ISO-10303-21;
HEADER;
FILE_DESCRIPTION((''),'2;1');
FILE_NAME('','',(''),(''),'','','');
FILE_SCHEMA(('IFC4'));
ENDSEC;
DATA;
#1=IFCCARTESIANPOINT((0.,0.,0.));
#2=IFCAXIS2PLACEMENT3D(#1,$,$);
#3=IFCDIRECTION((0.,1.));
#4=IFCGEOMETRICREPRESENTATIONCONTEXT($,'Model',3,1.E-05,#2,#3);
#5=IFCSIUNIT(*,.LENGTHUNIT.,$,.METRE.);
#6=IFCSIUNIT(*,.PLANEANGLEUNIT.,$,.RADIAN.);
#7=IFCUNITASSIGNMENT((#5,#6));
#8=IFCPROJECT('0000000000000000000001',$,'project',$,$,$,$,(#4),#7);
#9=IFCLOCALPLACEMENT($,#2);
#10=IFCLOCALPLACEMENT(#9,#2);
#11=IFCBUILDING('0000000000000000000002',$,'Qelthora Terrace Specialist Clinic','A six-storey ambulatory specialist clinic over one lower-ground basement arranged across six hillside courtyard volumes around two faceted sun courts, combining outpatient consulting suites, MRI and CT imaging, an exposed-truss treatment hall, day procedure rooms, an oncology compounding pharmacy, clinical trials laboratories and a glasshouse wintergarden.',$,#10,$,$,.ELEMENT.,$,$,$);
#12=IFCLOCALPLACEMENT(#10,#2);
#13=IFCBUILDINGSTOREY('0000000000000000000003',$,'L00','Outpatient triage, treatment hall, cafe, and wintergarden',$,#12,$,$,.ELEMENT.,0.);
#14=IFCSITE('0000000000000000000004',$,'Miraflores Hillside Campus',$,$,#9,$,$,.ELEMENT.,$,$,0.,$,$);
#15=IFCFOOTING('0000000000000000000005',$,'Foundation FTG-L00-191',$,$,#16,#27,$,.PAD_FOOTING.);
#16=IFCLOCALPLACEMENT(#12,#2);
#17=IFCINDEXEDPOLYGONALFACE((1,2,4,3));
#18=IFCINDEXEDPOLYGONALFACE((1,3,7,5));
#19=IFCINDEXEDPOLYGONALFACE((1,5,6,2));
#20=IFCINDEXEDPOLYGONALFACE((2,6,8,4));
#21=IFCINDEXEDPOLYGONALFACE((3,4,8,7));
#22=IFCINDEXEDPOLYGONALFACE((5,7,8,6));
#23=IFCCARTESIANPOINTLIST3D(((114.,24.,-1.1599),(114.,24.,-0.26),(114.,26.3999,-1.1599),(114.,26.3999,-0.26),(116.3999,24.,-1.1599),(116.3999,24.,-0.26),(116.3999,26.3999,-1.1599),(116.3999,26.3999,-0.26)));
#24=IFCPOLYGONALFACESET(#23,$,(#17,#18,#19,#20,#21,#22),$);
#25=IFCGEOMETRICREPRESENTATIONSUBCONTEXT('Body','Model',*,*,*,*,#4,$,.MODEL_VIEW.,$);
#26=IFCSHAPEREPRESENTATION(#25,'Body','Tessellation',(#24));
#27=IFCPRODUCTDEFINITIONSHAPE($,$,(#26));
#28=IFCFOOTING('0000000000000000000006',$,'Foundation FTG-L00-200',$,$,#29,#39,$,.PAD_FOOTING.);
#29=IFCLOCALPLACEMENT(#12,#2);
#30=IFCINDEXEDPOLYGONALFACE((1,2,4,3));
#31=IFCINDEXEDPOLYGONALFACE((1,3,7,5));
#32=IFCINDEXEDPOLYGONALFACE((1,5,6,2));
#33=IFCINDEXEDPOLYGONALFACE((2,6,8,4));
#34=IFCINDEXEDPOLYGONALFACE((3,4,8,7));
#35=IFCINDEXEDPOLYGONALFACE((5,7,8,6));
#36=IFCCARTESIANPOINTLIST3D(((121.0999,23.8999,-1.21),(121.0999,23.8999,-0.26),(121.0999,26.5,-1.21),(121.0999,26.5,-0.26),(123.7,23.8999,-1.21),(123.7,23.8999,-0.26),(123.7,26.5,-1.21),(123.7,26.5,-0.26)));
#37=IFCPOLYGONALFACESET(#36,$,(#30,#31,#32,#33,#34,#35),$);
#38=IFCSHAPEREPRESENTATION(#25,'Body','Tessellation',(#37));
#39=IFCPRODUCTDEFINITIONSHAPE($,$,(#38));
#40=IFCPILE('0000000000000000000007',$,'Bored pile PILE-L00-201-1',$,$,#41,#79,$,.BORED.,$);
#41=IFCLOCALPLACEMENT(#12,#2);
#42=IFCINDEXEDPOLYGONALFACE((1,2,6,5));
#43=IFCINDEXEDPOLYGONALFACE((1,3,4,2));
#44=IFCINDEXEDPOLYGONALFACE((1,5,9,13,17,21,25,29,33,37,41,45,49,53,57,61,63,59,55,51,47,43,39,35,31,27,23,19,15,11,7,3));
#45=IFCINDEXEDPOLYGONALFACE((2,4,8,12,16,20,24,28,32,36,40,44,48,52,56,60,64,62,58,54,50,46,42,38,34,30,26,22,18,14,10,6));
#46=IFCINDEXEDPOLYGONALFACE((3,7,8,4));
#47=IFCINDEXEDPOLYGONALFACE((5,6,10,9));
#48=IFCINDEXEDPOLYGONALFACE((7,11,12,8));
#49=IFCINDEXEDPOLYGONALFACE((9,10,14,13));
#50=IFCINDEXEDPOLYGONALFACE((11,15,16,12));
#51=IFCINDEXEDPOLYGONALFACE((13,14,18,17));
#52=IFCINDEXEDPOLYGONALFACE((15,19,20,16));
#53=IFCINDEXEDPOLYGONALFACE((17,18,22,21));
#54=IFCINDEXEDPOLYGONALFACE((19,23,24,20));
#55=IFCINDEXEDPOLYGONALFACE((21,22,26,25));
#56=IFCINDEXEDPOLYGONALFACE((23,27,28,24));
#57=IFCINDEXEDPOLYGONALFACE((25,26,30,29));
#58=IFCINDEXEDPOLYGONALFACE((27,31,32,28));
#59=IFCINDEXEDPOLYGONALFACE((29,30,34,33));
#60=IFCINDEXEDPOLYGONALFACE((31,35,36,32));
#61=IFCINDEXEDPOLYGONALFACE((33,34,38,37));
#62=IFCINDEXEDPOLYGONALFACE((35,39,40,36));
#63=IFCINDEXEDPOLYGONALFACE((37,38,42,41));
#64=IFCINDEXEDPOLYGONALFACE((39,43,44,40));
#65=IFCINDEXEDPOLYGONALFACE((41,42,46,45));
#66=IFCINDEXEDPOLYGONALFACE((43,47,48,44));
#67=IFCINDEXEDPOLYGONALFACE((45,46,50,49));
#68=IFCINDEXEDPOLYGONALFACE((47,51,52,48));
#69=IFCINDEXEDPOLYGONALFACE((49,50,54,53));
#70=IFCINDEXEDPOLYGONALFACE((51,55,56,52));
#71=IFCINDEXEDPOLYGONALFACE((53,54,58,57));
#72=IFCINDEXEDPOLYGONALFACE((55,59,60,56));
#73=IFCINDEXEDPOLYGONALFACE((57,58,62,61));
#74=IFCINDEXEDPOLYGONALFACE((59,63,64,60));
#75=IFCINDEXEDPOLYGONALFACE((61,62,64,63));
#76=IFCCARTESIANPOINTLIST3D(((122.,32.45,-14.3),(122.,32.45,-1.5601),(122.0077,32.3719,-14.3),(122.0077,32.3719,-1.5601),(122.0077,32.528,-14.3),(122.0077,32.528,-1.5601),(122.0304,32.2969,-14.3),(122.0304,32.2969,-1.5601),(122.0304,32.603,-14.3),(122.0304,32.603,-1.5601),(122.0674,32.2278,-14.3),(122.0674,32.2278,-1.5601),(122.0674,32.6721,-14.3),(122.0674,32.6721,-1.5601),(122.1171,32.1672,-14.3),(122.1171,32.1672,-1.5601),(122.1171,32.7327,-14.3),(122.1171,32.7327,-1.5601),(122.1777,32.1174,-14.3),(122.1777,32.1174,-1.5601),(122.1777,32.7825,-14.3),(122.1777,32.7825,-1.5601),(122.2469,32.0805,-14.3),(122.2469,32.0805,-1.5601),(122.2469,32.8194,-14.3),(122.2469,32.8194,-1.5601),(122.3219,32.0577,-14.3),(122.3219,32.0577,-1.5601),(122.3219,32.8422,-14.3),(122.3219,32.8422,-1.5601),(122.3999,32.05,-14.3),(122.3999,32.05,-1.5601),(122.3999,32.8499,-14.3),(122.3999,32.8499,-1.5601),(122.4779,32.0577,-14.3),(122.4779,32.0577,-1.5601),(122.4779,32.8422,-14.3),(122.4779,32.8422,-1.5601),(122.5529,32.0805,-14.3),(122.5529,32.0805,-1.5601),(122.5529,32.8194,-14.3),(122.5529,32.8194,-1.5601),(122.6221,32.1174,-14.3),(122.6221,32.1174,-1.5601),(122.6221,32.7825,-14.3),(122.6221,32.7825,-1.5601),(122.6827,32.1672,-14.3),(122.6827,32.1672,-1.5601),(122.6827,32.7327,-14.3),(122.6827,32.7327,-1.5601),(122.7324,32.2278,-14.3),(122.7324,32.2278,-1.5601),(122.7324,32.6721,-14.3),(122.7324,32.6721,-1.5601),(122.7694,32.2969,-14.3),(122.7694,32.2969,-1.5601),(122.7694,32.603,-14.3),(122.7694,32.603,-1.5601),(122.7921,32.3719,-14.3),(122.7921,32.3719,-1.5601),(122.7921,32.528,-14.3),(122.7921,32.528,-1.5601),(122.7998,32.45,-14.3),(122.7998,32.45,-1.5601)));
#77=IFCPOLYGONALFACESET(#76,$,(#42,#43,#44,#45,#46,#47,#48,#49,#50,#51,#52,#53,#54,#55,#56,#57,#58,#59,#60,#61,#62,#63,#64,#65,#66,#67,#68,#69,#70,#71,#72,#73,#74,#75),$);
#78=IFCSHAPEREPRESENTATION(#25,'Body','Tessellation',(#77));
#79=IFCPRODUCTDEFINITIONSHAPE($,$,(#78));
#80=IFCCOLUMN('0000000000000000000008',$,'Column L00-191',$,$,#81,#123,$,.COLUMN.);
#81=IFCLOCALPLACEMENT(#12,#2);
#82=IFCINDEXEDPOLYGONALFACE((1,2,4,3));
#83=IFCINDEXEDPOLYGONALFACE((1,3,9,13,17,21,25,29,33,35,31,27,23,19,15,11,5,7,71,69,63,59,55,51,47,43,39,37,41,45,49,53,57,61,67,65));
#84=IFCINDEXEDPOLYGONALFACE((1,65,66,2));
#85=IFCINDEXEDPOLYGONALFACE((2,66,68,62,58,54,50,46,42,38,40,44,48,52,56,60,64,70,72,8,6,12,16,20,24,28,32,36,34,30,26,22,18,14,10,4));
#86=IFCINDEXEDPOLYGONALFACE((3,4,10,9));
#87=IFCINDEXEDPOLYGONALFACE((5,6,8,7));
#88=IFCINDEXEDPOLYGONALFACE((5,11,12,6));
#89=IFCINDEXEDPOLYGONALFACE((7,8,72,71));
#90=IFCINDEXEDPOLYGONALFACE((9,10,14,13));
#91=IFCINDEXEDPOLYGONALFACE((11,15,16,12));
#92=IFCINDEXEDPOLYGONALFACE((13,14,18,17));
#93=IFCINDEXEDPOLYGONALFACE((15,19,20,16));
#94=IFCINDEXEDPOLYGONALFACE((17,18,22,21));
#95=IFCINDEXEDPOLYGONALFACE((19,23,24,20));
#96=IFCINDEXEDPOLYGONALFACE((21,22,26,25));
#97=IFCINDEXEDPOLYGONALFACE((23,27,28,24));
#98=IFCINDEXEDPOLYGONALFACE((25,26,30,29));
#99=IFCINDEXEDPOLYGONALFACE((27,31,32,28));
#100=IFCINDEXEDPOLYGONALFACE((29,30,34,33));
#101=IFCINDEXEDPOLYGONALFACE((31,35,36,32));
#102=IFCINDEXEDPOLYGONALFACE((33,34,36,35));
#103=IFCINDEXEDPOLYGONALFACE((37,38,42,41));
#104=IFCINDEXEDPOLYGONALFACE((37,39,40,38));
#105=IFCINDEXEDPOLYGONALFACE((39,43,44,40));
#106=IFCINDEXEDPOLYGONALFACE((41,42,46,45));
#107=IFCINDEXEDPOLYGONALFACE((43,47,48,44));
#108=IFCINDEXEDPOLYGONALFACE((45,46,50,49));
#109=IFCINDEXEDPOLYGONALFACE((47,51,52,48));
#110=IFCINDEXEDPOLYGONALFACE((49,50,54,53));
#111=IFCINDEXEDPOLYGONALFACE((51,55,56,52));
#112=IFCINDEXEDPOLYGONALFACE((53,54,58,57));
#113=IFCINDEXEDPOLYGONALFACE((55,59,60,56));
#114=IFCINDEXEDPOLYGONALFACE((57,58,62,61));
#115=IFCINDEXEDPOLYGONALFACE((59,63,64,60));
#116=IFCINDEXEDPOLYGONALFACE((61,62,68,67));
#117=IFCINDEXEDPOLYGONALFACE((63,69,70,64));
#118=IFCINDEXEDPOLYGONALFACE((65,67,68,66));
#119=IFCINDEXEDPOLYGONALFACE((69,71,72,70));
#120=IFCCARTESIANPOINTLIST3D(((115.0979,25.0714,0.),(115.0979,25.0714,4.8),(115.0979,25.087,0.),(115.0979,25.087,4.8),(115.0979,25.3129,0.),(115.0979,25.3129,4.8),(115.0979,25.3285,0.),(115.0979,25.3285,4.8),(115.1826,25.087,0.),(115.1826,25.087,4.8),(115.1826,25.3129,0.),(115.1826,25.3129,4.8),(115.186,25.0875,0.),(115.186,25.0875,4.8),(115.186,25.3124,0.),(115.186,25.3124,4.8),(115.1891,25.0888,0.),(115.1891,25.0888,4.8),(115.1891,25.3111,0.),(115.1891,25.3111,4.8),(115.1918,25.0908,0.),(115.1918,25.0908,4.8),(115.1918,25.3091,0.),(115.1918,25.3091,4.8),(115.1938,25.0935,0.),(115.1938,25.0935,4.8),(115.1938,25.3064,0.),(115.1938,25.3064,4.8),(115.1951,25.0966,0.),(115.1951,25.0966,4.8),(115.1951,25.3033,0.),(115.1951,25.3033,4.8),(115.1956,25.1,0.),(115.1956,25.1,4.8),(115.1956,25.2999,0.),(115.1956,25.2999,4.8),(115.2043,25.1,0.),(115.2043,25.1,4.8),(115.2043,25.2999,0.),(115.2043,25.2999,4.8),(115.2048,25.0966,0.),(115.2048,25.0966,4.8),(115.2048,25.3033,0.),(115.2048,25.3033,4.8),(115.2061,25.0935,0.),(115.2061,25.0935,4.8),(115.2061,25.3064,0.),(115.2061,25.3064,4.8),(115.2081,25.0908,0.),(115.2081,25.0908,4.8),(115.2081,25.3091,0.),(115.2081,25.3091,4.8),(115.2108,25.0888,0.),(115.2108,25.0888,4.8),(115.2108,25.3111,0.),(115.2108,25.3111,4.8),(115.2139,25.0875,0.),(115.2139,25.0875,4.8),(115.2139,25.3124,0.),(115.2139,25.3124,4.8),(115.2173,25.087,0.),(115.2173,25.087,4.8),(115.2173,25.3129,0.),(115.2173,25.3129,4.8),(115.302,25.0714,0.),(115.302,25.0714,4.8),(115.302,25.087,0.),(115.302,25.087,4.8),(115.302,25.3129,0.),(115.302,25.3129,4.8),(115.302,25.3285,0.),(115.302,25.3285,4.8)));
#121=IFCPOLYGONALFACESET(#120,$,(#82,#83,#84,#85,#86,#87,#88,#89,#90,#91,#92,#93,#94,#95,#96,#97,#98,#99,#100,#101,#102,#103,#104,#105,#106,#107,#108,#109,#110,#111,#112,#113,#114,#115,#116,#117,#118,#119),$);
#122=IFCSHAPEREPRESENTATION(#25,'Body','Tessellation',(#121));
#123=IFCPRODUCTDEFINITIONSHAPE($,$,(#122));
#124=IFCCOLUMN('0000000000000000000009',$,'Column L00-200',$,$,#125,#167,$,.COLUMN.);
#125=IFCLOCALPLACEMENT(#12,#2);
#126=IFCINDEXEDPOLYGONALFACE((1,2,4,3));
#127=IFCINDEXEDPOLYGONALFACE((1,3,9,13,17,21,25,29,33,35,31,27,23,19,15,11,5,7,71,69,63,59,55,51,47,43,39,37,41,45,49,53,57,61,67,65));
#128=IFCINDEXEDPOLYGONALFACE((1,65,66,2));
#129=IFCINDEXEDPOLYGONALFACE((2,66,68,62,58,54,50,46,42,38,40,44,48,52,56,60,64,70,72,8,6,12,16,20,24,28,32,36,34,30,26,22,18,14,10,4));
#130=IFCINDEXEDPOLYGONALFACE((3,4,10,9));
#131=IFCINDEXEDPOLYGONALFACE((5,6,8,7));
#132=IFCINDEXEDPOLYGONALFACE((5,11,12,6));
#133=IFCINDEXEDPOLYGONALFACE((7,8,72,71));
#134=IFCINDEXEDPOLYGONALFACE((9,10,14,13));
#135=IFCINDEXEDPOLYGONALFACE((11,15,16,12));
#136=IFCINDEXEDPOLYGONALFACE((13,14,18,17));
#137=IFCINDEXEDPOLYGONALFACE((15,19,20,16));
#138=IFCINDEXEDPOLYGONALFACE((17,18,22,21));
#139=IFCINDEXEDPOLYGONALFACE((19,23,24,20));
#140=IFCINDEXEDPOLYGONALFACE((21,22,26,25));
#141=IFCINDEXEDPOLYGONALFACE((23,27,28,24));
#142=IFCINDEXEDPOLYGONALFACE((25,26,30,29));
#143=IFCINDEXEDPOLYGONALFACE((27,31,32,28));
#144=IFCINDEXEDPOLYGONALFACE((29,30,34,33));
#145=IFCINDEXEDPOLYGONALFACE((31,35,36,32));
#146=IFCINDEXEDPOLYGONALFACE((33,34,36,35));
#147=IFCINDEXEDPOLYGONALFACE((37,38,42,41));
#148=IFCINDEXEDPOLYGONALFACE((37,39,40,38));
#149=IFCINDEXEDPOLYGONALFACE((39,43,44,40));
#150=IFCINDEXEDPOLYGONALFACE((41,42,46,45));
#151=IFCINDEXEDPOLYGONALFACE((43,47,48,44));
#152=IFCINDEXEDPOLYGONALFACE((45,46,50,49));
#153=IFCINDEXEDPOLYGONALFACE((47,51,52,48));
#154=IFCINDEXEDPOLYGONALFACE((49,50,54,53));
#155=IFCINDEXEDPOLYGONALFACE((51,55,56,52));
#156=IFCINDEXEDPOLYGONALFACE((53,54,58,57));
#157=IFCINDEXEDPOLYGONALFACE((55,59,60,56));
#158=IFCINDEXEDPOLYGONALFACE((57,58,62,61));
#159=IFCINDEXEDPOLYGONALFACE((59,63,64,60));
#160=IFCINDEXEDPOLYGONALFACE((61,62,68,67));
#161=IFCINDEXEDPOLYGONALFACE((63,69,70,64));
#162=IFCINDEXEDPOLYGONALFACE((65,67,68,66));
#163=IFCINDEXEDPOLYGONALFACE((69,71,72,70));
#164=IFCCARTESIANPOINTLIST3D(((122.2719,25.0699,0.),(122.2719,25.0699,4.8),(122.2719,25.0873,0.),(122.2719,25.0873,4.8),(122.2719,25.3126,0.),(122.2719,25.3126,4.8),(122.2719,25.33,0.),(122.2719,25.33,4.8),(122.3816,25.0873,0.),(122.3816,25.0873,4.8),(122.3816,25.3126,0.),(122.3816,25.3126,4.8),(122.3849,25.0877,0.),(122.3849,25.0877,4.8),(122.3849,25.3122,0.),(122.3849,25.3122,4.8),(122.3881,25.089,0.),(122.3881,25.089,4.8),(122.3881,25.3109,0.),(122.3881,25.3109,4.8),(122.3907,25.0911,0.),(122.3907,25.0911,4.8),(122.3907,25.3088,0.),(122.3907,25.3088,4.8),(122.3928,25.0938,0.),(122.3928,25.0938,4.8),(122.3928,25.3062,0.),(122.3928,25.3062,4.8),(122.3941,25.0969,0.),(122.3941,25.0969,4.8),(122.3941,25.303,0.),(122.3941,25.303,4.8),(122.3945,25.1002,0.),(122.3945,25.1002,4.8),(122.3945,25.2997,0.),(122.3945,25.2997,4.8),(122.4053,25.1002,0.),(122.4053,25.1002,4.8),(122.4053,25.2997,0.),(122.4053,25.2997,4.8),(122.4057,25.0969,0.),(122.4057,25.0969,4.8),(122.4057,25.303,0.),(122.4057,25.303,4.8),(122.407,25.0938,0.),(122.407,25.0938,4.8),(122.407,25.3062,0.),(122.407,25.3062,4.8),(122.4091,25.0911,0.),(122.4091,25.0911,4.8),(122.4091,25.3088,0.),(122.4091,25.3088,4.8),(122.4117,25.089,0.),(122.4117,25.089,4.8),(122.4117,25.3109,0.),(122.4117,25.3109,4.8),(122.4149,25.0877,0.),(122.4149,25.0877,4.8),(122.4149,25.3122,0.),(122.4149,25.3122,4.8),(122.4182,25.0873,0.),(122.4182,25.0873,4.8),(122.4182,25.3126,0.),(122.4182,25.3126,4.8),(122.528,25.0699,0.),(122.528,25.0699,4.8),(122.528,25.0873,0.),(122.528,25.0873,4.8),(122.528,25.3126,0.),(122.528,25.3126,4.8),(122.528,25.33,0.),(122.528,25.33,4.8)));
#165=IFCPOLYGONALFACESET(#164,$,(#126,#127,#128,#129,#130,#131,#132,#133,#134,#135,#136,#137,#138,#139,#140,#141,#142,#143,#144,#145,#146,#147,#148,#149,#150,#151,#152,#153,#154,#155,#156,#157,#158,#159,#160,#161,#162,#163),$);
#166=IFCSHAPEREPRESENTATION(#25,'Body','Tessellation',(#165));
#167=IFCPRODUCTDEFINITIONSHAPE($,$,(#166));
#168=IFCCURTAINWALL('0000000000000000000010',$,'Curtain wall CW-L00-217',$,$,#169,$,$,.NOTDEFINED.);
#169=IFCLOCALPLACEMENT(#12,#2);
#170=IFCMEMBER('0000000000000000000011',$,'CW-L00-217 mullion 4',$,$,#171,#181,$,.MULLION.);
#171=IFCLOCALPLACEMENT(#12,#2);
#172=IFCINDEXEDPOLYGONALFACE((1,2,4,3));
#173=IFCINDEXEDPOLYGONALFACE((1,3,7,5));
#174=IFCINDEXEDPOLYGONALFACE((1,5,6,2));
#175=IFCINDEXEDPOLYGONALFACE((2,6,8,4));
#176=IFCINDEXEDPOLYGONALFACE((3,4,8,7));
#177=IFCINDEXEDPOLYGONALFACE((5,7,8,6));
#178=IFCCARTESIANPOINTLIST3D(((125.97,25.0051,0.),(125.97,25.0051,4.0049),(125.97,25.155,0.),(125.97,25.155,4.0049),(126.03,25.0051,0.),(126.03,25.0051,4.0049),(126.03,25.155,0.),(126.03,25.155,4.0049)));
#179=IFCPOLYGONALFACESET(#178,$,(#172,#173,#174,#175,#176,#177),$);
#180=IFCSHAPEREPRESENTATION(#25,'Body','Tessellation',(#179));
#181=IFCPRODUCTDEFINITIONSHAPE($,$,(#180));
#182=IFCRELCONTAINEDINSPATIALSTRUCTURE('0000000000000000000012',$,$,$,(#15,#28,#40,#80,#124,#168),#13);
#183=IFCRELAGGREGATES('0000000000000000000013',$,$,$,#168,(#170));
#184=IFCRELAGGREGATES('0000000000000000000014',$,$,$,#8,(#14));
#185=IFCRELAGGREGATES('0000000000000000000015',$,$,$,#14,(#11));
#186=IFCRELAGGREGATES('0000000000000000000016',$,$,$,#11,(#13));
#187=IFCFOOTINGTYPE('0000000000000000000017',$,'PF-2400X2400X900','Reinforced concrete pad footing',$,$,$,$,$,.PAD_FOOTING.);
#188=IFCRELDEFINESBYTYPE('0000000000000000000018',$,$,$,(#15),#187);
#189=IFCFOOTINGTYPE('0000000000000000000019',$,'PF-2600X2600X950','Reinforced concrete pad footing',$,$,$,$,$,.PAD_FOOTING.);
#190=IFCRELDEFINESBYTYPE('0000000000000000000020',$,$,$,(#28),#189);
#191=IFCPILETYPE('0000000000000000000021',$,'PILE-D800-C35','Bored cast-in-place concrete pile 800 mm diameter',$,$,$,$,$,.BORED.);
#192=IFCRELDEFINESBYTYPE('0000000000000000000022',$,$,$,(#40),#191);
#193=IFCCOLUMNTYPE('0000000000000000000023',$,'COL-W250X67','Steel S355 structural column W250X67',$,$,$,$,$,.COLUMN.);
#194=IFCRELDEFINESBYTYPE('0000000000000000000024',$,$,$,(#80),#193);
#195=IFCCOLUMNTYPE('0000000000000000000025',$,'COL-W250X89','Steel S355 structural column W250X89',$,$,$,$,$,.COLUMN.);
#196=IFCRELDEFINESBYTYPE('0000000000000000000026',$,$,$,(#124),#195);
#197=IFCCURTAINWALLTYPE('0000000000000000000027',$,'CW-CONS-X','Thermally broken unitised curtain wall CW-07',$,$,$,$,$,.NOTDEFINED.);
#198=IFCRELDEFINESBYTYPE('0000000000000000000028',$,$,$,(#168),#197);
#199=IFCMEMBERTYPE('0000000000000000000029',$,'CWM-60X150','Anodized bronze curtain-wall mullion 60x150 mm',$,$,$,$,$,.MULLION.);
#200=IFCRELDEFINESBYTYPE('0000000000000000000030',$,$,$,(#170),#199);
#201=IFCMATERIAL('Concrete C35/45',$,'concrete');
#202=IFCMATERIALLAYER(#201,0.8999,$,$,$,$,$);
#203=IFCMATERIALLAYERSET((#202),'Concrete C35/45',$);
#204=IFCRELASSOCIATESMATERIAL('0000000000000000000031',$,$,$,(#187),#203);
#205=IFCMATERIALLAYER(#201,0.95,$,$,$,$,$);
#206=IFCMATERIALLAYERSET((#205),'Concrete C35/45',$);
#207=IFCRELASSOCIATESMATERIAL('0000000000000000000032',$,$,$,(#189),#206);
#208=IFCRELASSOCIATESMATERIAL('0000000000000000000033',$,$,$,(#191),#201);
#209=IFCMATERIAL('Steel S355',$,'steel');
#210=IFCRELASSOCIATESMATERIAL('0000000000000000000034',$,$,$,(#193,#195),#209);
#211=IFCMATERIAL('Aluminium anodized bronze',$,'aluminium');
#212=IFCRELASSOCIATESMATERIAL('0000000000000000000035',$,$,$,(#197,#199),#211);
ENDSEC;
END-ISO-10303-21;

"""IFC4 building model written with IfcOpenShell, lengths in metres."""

from ifc_helpers import new_model, si_unit, direction, frame, origin, origin_2d, place, context, subcontext, project, spatial, rectangle, circle, i_section, extrude, material, layer, layer_set, material_profile, profile_set, type_object, element, aggregate, save


model = new_model("IFC4")

# Units and contexts
model_context = context("Model", 3, precision=1e-05, world=origin(), true_north=direction((0.0, 1.0)))
body_context = subcontext(model_context, "Body", "Model", "MODEL_VIEW")
ifc_project = project(units=[si_unit("LENGTHUNIT", "METRE"), si_unit("PLANEANGLEUNIT", "RADIAN")], contexts=[model_context])

# Site, building, storey
site_placement = place(None, origin())
site = spatial("IfcSite", under=ifc_project, at=site_placement, Name="Miraflores Hillside Campus", CompositionType="ELEMENT", RefElevation=0.0)
building_placement = place(site_placement, origin())
building = spatial("IfcBuilding", under=site, at=building_placement, Name="Qelthora Terrace Specialist Clinic", Description="A six-storey ambulatory specialist clinic over one lower-ground basement arranged across six hillside courtyard volumes around two faceted sun courts, combining outpatient consulting suites, MRI and CT imaging, an exposed-truss treatment hall, day procedure rooms, an oncology compounding pharmacy, clinical trials laboratories and a glasshouse wintergarden.", CompositionType="ELEMENT")
storey_placement = place(building_placement, origin())
storey = spatial("IfcBuildingStorey", under=building, at=storey_placement, Name="L00", Description="Outpatient triage, treatment hall, cafe, and wintergarden", CompositionType="ELEMENT", Elevation=0.0)

# Footings
ifc_material_1 = material(Name="Concrete C35/45", Category="concrete")
ifc_layer_1 = layer(ifc_material_1, 0.8999)
ifc_layer_set_1 = layer_set([ifc_layer_1], Name="Concrete C35/45")
footing_type_1 = type_object("IfcFootingType", Name="PF-2400X2400X900", Description="Reinforced concrete pad footing", PredefinedType="PAD_FOOTING", material=ifc_layer_set_1)
footing_1_placement = place(storey_placement, frame((115.2, 25.2, -1.1599), z_axis=(0.0, 0.0, 1.0), x_axis=(1.0, 0.0, 0.0)))
element("IfcFooting", 1, at=footing_1_placement, inside=storey, type_object=footing_type_1, Name="Foundation FTG-L00-191", PredefinedType="PAD_FOOTING", context=body_context, shape_type="SweptSolid", body=[
    extrude(rectangle(XDim=2.3999, YDim=2.3999, at=origin_2d()), origin(), (0.0, 0.0, 1.0), 0.8999),
])
ifc_layer_2 = layer(ifc_material_1, 0.95)
ifc_layer_set_2 = layer_set([ifc_layer_2], Name="Concrete C35/45")
footing_type_2 = type_object("IfcFootingType", Name="PF-2600X2600X950", Description="Reinforced concrete pad footing", PredefinedType="PAD_FOOTING", material=ifc_layer_set_2)
footing_2_placement = place(storey_placement, frame((122.3999, 25.2, -1.21), z_axis=(0.0, 0.0, 1.0), x_axis=(1.0, 0.0, 0.0)))
element("IfcFooting", 2, at=footing_2_placement, inside=storey, type_object=footing_type_2, Name="Foundation FTG-L00-200", PredefinedType="PAD_FOOTING", context=body_context, shape_type="SweptSolid", body=[
    extrude(rectangle(XDim=2.6001, YDim=2.6001, at=origin_2d()), origin(), (0.0, 0.0, 1.0), 0.95),
])

# Pile
ifc_material_profile_1 = material_profile(ifc_material_1, circle(Radius=0.3999, at=origin_2d()), Name="PILE800")
ifc_profile_set_1 = profile_set([ifc_material_profile_1], Name="Concrete C35/45")
pile_type = type_object("IfcPileType", Name="PILE-D800-C35", Description="Bored cast-in-place concrete pile 800 mm diameter", PredefinedType="BORED", material=ifc_profile_set_1)
pile_placement = place(storey_placement, frame((122.3999, 32.45, -1.5601), z_axis=(0.0, 0.0, -1.0), x_axis=(1.0, 0.0, 0.0)))
element("IfcPile", 3, at=pile_placement, inside=storey, type_object=pile_type, Name="Bored pile PILE-L00-201-1", PredefinedType="BORED", context=body_context, shape_type="SweptSolid", body=[
    extrude(circle(Radius=0.3999, at=origin_2d()), origin(), (0.0, 0.0, 1.0), 12.74),
])

# Columns
ifc_material_2 = material(Name="Steel S355", Category="steel")
ifc_material_profile_2 = material_profile(ifc_material_2, i_section(OverallWidth=0.2041, OverallDepth=0.2571, WebThickness=0.0088, FlangeThickness=0.0156, FilletRadius=0.0129, at=origin_2d()), Name="W250X67")
ifc_profile_set_2 = profile_set([ifc_material_profile_2], Name="Steel S355")
column_type_1 = type_object("IfcColumnType", Name="COL-W250X67", Description="Steel S355 structural column W250X67", PredefinedType="COLUMN", material=ifc_profile_set_2)
column_1_placement = place(storey_placement, frame((115.2, 25.2, 0.0), z_axis=(0.0, 0.0, 1.0), x_axis=(1.0, 0.0, 0.0)))
element("IfcColumn", 4, at=column_1_placement, inside=storey, type_object=column_type_1, Name="Column L00-191", PredefinedType="COLUMN", context=body_context, shape_type="SweptSolid", body=[
    extrude(i_section(OverallWidth=0.2041, OverallDepth=0.2571, WebThickness=0.0088, FlangeThickness=0.0156, FilletRadius=0.0129, at=origin_2d()), origin(), (0.0, 0.0, 1.0), 4.8),
])
ifc_material_profile_3 = material_profile(ifc_material_2, i_section(OverallWidth=0.2561, OverallDepth=0.26, WebThickness=0.0107, FlangeThickness=0.0173, FilletRadius=0.0129, at=origin_2d()), Name="W250X89")
ifc_profile_set_3 = profile_set([ifc_material_profile_3], Name="Steel S355")
column_type_2 = type_object("IfcColumnType", Name="COL-W250X89", Description="Steel S355 structural column W250X89", PredefinedType="COLUMN", material=ifc_profile_set_3)
column_2_placement = place(storey_placement, frame((122.3999, 25.2, 0.0), z_axis=(0.0, 0.0, 1.0), x_axis=(1.0, 0.0, 0.0)))
element("IfcColumn", 5, at=column_2_placement, inside=storey, type_object=column_type_2, Name="Column L00-200", PredefinedType="COLUMN", context=body_context, shape_type="SweptSolid", body=[
    extrude(i_section(OverallWidth=0.2561, OverallDepth=0.26, WebThickness=0.0107, FlangeThickness=0.0173, FilletRadius=0.0129, at=origin_2d()), origin(), (0.0, 0.0, 1.0), 4.8),
])

# Curtain wall, member
ifc_material_3 = material(Name="Aluminium anodized bronze", Category="aluminium")
curtain_wall_type = type_object("IfcCurtainWallType", Name="CW-CONS-X", Description="Thermally broken unitised curtain wall CW-07", PredefinedType="NOTDEFINED", material=ifc_material_3)
curtain_wall_placement = place(storey_placement, origin())
curtain_wall = element("IfcCurtainWall", 6, at=curtain_wall_placement, inside=storey, type_object=curtain_wall_type, Name="Curtain wall CW-L00-217", PredefinedType="NOTDEFINED")
ifc_material_profile_4 = material_profile(ifc_material_3, rectangle(XDim=0.0601, YDim=0.1499, at=origin_2d()), Name="CWM60X150")
ifc_profile_set_4 = profile_set([ifc_material_profile_4], Name="Aluminium anodized bronze")
member_type = type_object("IfcMemberType", Name="CWM-60X150", Description="Anodized bronze curtain-wall mullion 60x150 mm", PredefinedType="MULLION", material=ifc_profile_set_4)
member_1_placement = place(storey_placement, frame((126.0, 25.0801, 0.0), z_axis=(0.0, 0.0, 1.0), x_axis=(1.0, 0.0, 0.0)))
member_1 = element("IfcMember", 7, at=member_1_placement, type_object=member_type, Name="CW-L00-217 mullion 4", PredefinedType="MULLION", context=body_context, shape_type="SweptSolid", body=[
    extrude(rectangle(XDim=0.0601, YDim=0.1499, at=origin_2d()), origin(), (0.0, 0.0, 1.0), 4.0049),
])
aggregate(curtain_wall, [member_1])

save(model, "model.ifc")
